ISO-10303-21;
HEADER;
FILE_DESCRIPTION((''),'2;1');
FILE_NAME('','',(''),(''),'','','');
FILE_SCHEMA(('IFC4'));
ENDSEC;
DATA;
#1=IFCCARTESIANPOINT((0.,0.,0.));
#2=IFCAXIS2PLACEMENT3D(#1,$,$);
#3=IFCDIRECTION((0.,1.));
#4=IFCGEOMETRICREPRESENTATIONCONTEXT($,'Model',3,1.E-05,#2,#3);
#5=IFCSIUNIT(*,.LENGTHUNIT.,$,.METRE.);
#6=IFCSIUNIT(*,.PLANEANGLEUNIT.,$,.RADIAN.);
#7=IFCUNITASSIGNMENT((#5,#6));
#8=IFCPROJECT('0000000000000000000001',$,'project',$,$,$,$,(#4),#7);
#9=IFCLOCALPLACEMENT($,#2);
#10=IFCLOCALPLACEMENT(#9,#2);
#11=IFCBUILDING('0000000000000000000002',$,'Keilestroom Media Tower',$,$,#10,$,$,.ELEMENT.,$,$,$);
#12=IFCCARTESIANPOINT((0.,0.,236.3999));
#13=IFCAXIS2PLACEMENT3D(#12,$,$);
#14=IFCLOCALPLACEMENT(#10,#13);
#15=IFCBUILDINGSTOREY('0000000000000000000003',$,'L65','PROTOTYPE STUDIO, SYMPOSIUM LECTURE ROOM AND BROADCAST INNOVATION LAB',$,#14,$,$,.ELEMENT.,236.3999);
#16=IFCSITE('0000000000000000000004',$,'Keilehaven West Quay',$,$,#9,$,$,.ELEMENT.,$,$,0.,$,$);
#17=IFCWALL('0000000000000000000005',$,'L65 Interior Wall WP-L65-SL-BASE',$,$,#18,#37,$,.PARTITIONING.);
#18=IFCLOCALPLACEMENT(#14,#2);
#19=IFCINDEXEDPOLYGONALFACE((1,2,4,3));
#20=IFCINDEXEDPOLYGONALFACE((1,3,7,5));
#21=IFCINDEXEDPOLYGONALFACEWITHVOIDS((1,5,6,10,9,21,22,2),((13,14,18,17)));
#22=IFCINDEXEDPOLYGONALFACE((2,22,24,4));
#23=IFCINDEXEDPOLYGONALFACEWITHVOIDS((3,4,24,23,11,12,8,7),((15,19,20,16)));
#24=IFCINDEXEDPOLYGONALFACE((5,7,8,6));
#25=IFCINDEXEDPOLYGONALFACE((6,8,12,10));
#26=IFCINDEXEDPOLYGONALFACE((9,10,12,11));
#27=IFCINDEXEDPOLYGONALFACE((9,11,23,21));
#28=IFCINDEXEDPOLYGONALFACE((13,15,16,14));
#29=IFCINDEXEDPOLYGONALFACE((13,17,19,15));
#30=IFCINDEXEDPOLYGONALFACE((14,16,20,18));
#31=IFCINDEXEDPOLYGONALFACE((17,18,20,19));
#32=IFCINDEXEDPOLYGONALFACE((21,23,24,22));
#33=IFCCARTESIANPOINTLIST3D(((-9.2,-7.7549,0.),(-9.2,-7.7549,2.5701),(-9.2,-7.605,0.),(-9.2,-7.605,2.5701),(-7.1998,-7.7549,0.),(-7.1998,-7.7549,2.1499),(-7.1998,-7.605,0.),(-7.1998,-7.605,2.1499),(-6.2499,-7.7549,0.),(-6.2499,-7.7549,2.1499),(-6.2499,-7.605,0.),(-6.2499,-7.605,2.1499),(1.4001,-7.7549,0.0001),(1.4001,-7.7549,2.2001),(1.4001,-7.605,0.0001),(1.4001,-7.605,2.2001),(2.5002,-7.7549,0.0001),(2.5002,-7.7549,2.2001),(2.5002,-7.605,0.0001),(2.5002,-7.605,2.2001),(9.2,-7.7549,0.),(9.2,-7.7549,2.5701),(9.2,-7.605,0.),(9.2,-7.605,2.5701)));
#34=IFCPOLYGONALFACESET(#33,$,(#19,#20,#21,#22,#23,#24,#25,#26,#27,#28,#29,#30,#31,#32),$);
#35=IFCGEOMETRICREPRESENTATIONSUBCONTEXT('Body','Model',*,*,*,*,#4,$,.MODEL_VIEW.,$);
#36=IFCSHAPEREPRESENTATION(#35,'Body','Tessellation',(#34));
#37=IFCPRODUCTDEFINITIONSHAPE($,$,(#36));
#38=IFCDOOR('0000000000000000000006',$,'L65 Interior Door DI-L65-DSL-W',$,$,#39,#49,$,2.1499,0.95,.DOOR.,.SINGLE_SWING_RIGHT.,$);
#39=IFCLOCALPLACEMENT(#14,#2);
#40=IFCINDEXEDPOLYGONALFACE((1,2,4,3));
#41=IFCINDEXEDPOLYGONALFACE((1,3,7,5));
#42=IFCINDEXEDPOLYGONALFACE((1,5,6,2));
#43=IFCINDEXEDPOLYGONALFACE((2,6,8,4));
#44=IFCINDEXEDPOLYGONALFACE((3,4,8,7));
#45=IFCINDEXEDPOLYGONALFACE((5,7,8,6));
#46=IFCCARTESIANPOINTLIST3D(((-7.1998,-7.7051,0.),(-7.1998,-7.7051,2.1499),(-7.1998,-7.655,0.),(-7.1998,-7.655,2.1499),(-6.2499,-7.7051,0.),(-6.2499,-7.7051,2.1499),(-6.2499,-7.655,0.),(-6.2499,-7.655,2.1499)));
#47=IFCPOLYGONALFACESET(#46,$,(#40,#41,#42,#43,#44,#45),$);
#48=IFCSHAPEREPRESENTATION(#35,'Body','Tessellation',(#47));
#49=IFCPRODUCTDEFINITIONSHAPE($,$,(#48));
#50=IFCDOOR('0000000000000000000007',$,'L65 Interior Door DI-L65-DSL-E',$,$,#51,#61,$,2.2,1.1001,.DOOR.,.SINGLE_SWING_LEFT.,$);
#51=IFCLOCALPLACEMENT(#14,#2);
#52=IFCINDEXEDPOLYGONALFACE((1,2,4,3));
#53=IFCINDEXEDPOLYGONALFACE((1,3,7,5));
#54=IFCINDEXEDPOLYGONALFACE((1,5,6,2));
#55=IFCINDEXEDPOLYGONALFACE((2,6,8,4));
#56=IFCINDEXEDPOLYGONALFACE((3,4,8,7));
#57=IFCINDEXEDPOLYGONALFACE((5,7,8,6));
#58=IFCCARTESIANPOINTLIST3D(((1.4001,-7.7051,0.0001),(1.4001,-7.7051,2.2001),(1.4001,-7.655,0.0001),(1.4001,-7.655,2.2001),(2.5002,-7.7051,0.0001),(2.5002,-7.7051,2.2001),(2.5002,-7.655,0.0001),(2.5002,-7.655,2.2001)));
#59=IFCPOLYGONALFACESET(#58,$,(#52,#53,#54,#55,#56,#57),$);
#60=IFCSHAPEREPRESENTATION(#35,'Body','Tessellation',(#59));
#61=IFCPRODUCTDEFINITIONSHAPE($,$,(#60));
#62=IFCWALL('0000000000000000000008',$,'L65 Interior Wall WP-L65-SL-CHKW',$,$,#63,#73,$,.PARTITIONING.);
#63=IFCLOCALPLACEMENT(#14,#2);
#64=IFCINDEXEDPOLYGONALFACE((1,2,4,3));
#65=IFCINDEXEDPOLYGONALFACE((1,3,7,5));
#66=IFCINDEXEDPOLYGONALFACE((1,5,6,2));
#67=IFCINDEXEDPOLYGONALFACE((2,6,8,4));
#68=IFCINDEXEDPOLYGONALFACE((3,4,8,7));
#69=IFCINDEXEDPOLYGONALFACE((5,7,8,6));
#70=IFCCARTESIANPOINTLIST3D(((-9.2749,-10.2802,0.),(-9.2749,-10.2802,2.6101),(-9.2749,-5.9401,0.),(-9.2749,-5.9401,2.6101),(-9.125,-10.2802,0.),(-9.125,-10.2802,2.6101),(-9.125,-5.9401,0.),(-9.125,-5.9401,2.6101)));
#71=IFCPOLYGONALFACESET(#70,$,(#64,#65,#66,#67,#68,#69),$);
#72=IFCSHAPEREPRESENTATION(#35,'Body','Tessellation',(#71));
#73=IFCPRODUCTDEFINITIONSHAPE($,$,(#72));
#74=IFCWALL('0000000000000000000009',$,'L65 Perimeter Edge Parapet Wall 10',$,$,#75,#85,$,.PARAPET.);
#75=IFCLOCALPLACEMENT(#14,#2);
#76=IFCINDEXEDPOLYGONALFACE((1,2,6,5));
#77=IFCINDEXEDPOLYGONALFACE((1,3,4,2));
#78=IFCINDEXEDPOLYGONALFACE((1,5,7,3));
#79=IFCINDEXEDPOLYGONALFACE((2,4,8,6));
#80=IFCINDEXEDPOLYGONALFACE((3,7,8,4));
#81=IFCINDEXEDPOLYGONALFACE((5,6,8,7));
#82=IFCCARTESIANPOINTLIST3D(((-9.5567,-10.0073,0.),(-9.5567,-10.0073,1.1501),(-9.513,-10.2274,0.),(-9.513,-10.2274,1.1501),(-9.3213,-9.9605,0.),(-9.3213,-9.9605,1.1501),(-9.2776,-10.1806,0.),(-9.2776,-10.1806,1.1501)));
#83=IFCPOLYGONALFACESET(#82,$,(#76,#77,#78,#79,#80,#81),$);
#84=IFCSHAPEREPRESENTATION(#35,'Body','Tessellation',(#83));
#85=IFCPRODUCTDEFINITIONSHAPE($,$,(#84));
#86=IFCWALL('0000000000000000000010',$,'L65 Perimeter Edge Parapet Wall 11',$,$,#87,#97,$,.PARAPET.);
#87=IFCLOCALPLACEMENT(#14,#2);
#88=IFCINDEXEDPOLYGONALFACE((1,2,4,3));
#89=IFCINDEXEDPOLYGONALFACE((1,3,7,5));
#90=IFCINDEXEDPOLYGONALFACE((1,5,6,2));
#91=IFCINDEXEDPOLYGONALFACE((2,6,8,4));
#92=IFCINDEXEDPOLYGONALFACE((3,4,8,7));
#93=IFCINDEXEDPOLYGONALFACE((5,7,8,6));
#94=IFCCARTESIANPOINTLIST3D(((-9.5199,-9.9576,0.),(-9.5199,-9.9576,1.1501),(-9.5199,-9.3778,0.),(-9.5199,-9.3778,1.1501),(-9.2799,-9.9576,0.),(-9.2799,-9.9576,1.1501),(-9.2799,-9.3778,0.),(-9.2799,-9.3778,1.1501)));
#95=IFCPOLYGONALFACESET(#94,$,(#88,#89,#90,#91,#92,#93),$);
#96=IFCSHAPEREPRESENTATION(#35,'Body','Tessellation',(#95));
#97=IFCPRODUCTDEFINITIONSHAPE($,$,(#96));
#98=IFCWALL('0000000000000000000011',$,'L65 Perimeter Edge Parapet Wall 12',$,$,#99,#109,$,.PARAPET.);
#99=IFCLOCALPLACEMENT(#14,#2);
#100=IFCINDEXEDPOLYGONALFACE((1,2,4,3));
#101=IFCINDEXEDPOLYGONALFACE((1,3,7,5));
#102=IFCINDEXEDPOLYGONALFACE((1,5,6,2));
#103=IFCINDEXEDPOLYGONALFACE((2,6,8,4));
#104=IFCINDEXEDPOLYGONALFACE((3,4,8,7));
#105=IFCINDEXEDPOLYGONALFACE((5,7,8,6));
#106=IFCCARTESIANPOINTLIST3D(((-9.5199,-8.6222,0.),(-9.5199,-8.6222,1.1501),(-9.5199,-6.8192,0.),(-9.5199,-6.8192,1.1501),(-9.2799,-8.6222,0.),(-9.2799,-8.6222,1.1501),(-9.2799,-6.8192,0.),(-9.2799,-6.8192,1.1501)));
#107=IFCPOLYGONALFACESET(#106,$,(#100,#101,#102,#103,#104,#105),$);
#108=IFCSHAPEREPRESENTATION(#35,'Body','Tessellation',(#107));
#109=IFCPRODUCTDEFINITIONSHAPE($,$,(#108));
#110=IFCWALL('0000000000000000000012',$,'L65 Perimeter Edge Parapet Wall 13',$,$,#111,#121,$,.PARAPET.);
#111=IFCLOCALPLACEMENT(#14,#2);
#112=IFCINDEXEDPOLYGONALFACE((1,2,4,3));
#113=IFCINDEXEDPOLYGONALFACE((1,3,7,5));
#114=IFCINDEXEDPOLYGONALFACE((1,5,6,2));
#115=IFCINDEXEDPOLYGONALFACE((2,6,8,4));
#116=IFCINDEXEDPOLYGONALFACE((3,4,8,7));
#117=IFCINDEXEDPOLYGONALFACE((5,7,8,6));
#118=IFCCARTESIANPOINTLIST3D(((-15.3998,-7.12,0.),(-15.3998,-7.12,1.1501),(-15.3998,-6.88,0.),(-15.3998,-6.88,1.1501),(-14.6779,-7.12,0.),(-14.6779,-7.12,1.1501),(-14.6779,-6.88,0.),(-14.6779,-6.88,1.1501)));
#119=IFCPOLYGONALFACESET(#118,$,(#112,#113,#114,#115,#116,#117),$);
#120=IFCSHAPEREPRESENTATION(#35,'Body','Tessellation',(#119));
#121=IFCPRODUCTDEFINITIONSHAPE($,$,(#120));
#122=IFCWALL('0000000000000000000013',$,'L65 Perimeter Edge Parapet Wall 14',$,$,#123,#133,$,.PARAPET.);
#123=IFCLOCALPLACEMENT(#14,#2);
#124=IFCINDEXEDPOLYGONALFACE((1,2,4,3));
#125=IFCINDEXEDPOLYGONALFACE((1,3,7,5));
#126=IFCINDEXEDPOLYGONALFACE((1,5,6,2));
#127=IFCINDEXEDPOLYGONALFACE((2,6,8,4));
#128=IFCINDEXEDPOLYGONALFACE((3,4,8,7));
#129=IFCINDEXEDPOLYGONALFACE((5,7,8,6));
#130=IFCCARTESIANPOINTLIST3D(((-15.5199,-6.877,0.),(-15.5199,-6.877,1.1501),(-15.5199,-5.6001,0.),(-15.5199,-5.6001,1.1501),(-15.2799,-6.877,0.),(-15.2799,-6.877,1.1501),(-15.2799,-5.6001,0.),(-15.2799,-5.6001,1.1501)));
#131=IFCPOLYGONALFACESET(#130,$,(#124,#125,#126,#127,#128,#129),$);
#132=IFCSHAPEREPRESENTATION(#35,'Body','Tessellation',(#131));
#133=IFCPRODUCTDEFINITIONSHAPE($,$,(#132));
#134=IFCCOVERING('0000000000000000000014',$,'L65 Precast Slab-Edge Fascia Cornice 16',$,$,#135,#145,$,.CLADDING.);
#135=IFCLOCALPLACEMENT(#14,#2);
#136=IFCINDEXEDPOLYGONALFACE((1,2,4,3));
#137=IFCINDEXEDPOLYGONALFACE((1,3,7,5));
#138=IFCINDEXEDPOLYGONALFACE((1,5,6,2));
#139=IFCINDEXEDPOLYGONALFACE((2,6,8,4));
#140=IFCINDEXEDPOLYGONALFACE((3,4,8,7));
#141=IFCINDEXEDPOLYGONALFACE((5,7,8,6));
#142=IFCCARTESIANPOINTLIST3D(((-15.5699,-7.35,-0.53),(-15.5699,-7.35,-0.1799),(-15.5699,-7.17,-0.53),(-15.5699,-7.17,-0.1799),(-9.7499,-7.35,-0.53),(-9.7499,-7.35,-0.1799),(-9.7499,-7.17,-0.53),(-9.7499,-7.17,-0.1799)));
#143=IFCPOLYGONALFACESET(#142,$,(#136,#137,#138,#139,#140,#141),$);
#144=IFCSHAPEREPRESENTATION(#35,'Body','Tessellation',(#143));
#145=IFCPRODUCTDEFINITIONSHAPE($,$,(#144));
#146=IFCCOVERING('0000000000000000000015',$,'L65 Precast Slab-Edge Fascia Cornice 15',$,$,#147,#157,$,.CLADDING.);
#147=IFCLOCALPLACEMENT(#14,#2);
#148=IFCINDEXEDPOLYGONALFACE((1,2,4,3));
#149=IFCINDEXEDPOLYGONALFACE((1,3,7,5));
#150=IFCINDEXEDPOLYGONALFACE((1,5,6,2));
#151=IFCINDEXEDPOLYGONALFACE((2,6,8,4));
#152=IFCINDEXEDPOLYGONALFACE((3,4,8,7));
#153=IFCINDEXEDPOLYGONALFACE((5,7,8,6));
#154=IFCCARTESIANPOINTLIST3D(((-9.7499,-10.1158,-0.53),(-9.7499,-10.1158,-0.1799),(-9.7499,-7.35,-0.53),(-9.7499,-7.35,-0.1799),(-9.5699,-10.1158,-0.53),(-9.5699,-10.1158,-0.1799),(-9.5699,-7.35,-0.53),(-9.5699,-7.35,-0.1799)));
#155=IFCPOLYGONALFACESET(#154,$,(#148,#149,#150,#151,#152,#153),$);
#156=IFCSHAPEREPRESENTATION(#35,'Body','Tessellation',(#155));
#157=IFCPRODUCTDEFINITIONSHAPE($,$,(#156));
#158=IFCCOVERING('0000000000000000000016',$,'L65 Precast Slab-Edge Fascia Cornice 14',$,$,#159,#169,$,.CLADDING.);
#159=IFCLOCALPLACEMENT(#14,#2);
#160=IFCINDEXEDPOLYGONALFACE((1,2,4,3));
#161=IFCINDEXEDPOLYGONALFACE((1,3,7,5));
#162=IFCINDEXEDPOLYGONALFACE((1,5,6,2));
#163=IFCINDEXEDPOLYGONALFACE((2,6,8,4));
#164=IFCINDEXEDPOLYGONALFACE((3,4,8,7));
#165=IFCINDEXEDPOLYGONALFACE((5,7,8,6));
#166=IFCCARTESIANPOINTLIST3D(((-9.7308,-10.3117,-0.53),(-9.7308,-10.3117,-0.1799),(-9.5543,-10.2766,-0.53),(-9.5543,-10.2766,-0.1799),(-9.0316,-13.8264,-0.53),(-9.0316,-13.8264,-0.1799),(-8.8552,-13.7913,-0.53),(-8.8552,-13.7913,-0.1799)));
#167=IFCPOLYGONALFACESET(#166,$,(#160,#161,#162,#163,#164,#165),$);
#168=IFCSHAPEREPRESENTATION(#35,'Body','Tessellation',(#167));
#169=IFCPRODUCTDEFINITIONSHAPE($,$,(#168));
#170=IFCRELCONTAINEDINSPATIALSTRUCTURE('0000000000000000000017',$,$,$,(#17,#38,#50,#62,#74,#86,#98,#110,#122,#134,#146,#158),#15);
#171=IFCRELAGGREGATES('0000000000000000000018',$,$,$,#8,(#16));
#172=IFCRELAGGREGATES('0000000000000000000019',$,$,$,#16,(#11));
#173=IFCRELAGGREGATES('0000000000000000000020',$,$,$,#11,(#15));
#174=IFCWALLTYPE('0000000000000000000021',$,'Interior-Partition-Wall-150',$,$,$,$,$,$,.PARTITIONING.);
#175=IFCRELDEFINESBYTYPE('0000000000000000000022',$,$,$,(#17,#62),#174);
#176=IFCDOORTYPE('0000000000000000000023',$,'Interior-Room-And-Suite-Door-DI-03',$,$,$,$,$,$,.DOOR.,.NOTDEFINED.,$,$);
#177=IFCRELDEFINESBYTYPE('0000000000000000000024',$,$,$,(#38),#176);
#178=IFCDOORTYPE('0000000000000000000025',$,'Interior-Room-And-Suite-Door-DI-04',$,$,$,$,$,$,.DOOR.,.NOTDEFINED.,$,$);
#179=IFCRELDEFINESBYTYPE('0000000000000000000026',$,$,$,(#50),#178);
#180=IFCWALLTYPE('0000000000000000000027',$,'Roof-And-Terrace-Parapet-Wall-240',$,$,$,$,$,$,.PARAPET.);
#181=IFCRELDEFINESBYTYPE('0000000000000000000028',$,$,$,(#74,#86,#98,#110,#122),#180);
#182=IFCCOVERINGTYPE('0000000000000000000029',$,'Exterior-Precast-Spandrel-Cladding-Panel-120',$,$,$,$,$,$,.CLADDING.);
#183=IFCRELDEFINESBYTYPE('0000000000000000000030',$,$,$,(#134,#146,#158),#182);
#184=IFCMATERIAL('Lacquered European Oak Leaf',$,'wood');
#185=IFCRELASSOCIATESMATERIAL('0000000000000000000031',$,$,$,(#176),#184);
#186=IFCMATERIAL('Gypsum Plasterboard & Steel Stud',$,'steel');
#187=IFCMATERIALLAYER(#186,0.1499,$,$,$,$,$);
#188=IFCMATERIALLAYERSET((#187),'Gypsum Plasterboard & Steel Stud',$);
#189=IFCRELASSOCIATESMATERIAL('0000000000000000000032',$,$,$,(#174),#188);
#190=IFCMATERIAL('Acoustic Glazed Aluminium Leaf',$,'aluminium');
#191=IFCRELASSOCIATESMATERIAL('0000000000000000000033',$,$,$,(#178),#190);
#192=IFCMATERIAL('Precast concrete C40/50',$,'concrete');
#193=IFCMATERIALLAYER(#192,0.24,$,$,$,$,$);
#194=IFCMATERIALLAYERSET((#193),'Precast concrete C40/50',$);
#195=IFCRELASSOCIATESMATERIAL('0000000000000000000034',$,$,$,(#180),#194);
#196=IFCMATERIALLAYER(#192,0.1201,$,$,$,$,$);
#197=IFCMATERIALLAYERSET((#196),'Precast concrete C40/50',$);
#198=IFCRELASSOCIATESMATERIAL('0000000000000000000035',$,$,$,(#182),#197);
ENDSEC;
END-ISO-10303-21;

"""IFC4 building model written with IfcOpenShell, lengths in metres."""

from ifc_helpers import new_model, si_unit, direction, frame, frame_2d, origin, origin_2d, place, context, subcontext, project, spatial, rectangle, extrude, source, transform, mapped, material, layer, layer_set, type_object, element, fill, save


model = new_model("IFC4")

# Units and contexts
model_context = context("Model", 3, precision=1e-05, world=origin(), true_north=direction((0.0, 1.0)))
body_context = subcontext(model_context, "Body", "Model", "MODEL_VIEW")
ifc_project = project(units=[si_unit("LENGTHUNIT", "METRE"), si_unit("PLANEANGLEUNIT", "RADIAN")], contexts=[model_context])

# Site, building, storey
site_placement = place(None, origin())
site = spatial("IfcSite", under=ifc_project, at=site_placement, Name="Keilehaven West Quay", CompositionType="ELEMENT", RefElevation=0.0)
building_placement = place(site_placement, origin())
building = spatial("IfcBuilding", under=site, at=building_placement, Name="Keilestroom Media Tower", CompositionType="ELEMENT")
storey_placement = place(building_placement, frame((0.0, 0.0, 236.3999)))
storey = spatial("IfcBuildingStorey", under=building, at=storey_placement, Name="L65", Description="PROTOTYPE STUDIO, SYMPOSIUM LECTURE ROOM AND BROADCAST INNOVATION LAB", CompositionType="ELEMENT", Elevation=236.3999)

# Shared definitions
ifc_material_1 = material(Name="Precast concrete C40/50", Category="concrete")

# Shared definitions
ifc_material_2 = material(Name="Gypsum Plasterboard & Steel Stud", Category="steel")
ifc_material_3 = material(Name="Lacquered European Oak Leaf", Category="wood")
door_type_1 = type_object("IfcDoorType", Name="Interior-Room-And-Suite-Door-DI-03", OperationType="NOTDEFINED", PredefinedType="DOOR", material=ifc_material_3)
shared_shape_1 = source(origin(), body_context, "Body", "SweptSolid", [
    extrude(rectangle(XDim=0.95, YDim=2.1499, at=frame_2d((0.4751, 1.075))), frame((0.0, 0.0249, 0.0), z_axis=(0.0, -1.0, 0.0), x_axis=(1.0, 0.0, 0.0)), (0.0, 0.0, 1.0), 0.05),
])

# Wall, openings, doors
ifc_layer_1 = layer(ifc_material_2, 0.1499)
ifc_layer_set_1 = layer_set([ifc_layer_1], Name="Gypsum Plasterboard & Steel Stud")
wall_type_1 = type_object("IfcWallType", Name="Interior-Partition-Wall-150", PredefinedType="PARTITIONING", material=ifc_layer_set_1)
wall_1_placement = place(storey_placement, frame((-9.2, -7.6799, 0.0), z_axis=(0.0, 0.0, 1.0), x_axis=(1.0, 0.0, 0.0)))
wall_1 = element("IfcWall", 1, at=wall_1_placement, inside=storey, type_object=wall_type_1, Name="L65 Interior Wall WP-L65-SL-BASE", PredefinedType="PARTITIONING", context=body_context, shape_type="SweptSolid", body=[
    extrude(rectangle(XDim=18.3999, YDim=0.1499, at=frame_2d((9.2, 0.0))), origin(), (0.0, 0.0, 1.0), 2.5701),
])
opening_1_placement = place(wall_1_placement, frame((2.0, 0.0, 0.0)))
opening_1 = element("IfcOpeningElement", 2, at=opening_1_placement, cuts=wall_1, PredefinedType="OPENING", context=body_context, shape_type="SweptSolid", body=[
    extrude(rectangle(XDim=0.95, YDim=2.1499, at=frame_2d((0.4751, 1.075))), frame((0.0, 0.085, 0.0), z_axis=(0.0, -1.0, 0.0), x_axis=(1.0, 0.0, 0.0)), (0.0, 0.0, 1.0), 0.1699),
])
opening_2_placement = place(wall_1_placement, frame((10.6001, 0.0, 0.0)))
opening_2 = element("IfcOpeningElement", 3, at=opening_2_placement, cuts=wall_1, PredefinedType="OPENING", context=body_context, shape_type="SweptSolid", body=[
    extrude(rectangle(XDim=1.1001, YDim=2.2, at=frame_2d((0.55, 1.1001))), frame((0.0, 0.085, 0.0), z_axis=(0.0, -1.0, 0.0), x_axis=(1.0, 0.0, 0.0)), (0.0, 0.0, 1.0), 0.1699),
])
door_1_placement = place(opening_1_placement, origin())
door_1 = element("IfcDoor", 4, at=door_1_placement, inside=storey, type_object=door_type_1, Name="L65 Interior Door DI-L65-DSL-W", OperationType="SINGLE_SWING_RIGHT", OverallHeight=2.1499, OverallWidth=0.95, PredefinedType="DOOR", context=body_context, shape_type="MappedRepresentation", body=[
    mapped(shared_shape_1, transform((0.0, 0.0, 0.0), x_axis=(1.0, 0.0, 0.0), y_axis=(0.0, 1.0, 0.0), z_axis=(0.0, 0.0, 1.0), scale=1.0)),
])
fill(opening_1, door_1)
ifc_material_4 = material(Name="Acoustic Glazed Aluminium Leaf", Category="aluminium")
door_type_2 = type_object("IfcDoorType", Name="Interior-Room-And-Suite-Door-DI-04", OperationType="NOTDEFINED", PredefinedType="DOOR", material=ifc_material_4)
shared_shape_2 = source(origin(), body_context, "Body", "SweptSolid", [
    extrude(rectangle(XDim=1.1001, YDim=2.2, at=frame_2d((0.55, 1.1001))), frame((0.0, 0.0249, 0.0), z_axis=(0.0, -1.0, 0.0), x_axis=(1.0, 0.0, 0.0)), (0.0, 0.0, 1.0), 0.05),
])
door_2_placement = place(opening_2_placement, origin())
door_2 = element("IfcDoor", 5, at=door_2_placement, inside=storey, type_object=door_type_2, Name="L65 Interior Door DI-L65-DSL-E", OperationType="SINGLE_SWING_LEFT", OverallHeight=2.2, OverallWidth=1.1001, PredefinedType="DOOR", context=body_context, shape_type="MappedRepresentation", body=[
    mapped(shared_shape_2, transform((0.0, 0.0, 0.0), x_axis=(1.0, 0.0, 0.0), y_axis=(0.0, 1.0, 0.0), z_axis=(0.0, 0.0, 1.0), scale=1.0)),
])
fill(opening_2, door_2)

# Walls
wall_2_placement = place(storey_placement, frame((-9.2, -10.28, 0.0), z_axis=(0.0, 0.0, 1.0), x_axis=(0.0, 1.0, 0.0)))
element("IfcWall", 6, at=wall_2_placement, inside=storey, type_object=wall_type_1, Name="L65 Interior Wall WP-L65-SL-CHKW", PredefinedType="PARTITIONING", context=body_context, shape_type="SweptSolid", body=[
    extrude(rectangle(XDim=4.3401, YDim=0.1499, at=frame_2d((2.1699, 0.0))), origin(), (0.0, 0.0, 1.0), 2.6101),
])
ifc_layer_2 = layer(ifc_material_1, 0.24)
ifc_layer_set_2 = layer_set([ifc_layer_2], Name="Precast concrete C40/50")
wall_type_2 = type_object("IfcWallType", Name="Roof-And-Terrace-Parapet-Wall-240", PredefinedType="PARAPET", material=ifc_layer_set_2)
wall_3_placement = place(storey_placement, frame((-9.3953, -10.2041, 0.0), z_axis=(0.0, 0.0, 1.0), x_axis=(-0.19486, 0.980831, 0.0)))
element("IfcWall", 7, at=wall_3_placement, inside=storey, type_object=wall_type_2, Name="L65 Perimeter Edge Parapet Wall 10", PredefinedType="PARAPET", context=body_context, shape_type="SweptSolid", body=[
    extrude(rectangle(XDim=0.2244, YDim=0.24, at=frame_2d((0.1123, 0.0))), origin(), (0.0, 0.0, 1.0), 1.1501),
])
wall_4_placement = place(storey_placement, frame((-9.3999, -9.9578, 0.0), z_axis=(0.0, 0.0, 1.0), x_axis=(0.0, 1.0, 0.0)))
element("IfcWall", 8, at=wall_4_placement, inside=storey, type_object=wall_type_2, Name="L65 Perimeter Edge Parapet Wall 11", PredefinedType="PARAPET", context=body_context, shape_type="SweptSolid", body=[
    extrude(rectangle(XDim=0.5798, YDim=0.24, at=frame_2d((0.29, 0.0))), origin(), (0.0, 0.0, 1.0), 1.1501),
])
wall_5_placement = place(storey_placement, frame((-9.3999, -8.6221, 0.0), z_axis=(0.0, 0.0, 1.0), x_axis=(0.0, 1.0, 0.0)))
element("IfcWall", 9, at=wall_5_placement, inside=storey, type_object=wall_type_2, Name="L65 Perimeter Edge Parapet Wall 12", PredefinedType="PARAPET", context=body_context, shape_type="SweptSolid", body=[
    extrude(rectangle(XDim=1.803, YDim=0.24, at=frame_2d((0.9014, 0.0))), origin(), (0.0, 0.0, 1.0), 1.1501),
])
wall_6_placement = place(storey_placement, frame((-14.678, -7.0, 0.0), z_axis=(0.0, 0.0, 1.0), x_axis=(-1.0, 0.0, 0.0)))
element("IfcWall", 10, at=wall_6_placement, inside=storey, type_object=wall_type_2, Name="L65 Perimeter Edge Parapet Wall 13", PredefinedType="PARAPET", context=body_context, shape_type="SweptSolid", body=[
    extrude(rectangle(XDim=0.7219, YDim=0.24, at=frame_2d((0.3608, 0.0))), origin(), (0.0, 0.0, 1.0), 1.1501),
])
wall_7_placement = place(storey_placement, frame((-15.3999, -6.877, 0.0), z_axis=(0.0, 0.0, 1.0), x_axis=(0.0, 1.0, 0.0)))
element("IfcWall", 11, at=wall_7_placement, inside=storey, type_object=wall_type_2, Name="L65 Perimeter Edge Parapet Wall 14", PredefinedType="PARAPET", context=body_context, shape_type="SweptSolid", body=[
    extrude(rectangle(XDim=1.2769, YDim=0.24, at=frame_2d((0.6384, 0.0))), origin(), (0.0, 0.0, 1.0), 1.1501),
])

# Coverings
ifc_layer_3 = layer(ifc_material_1, 0.1201)
ifc_layer_set_3 = layer_set([ifc_layer_3], Name="Precast concrete C40/50")
covering_type = type_object("IfcCoveringType", Name="Exterior-Precast-Spandrel-Cladding-Panel-120", PredefinedType="CLADDING", material=ifc_layer_set_3)
shared_shape_3 = source(origin(), body_context, "Body", "SweptSolid", [
    extrude(rectangle(XDim=5.8201, YDim=0.1799, at=origin_2d()), origin(), (0.0, 0.0, 1.0), 0.3501),
])
covering_1_placement = place(storey_placement, frame((-12.6599, -7.26, -0.53), z_axis=(0.0, 0.0, 1.0), x_axis=(-1.0, 0.0, 0.0)))
element("IfcCovering", 12, at=covering_1_placement, inside=storey, type_object=covering_type, Name="L65 Precast Slab-Edge Fascia Cornice 16", PredefinedType="CLADDING", context=body_context, shape_type="MappedRepresentation", body=[
    mapped(shared_shape_3, transform((0.0, 0.0, 0.0), x_axis=(1.0, 0.0, 0.0), y_axis=(0.0, 1.0, 0.0), z_axis=(0.0, 0.0, 1.0), scale=1.0)),
])
shared_shape_4 = source(origin(), body_context, "Body", "SweptSolid", [
    extrude(rectangle(XDim=2.7659, YDim=0.1799, at=origin_2d()), origin(), (0.0, 0.0, 1.0), 0.3501),
])
covering_2_placement = place(storey_placement, frame((-9.6599, -8.7329, -0.53), z_axis=(0.0, 0.0, 1.0), x_axis=(0.0, 1.0, 0.0)))
element("IfcCovering", 13, at=covering_2_placement, inside=storey, type_object=covering_type, Name="L65 Precast Slab-Edge Fascia Cornice 15", PredefinedType="CLADDING", context=body_context, shape_type="MappedRepresentation", body=[
    mapped(shared_shape_4, transform((0.0, 0.0, 0.0), x_axis=(1.0, 0.0, 0.0), y_axis=(0.0, 1.0, 0.0), z_axis=(0.0, 0.0, 1.0), scale=1.0)),
])
shared_shape_5 = source(origin(), body_context, "Body", "SweptSolid", [
    extrude(rectangle(XDim=3.5835, YDim=0.1799, at=origin_2d()), origin(), (0.0, 0.0, 1.0), 0.3501),
])
covering_3_placement = place(storey_placement, frame((-9.293, -12.0515, -0.53), z_axis=(0.0, 0.0, 1.0), x_axis=(-0.195099, 0.980784, 0.0)))
element("IfcCovering", 14, at=covering_3_placement, inside=storey, type_object=covering_type, Name="L65 Precast Slab-Edge Fascia Cornice 14", PredefinedType="CLADDING", context=body_context, shape_type="MappedRepresentation", body=[
    mapped(shared_shape_5, transform((0.0, 0.0, 0.0), x_axis=(1.0, 0.0, 0.0), y_axis=(0.0, 1.0, 0.0), z_axis=(0.0, 0.0, 1.0), scale=1.0)),
])

save(model, "model.ifc")
